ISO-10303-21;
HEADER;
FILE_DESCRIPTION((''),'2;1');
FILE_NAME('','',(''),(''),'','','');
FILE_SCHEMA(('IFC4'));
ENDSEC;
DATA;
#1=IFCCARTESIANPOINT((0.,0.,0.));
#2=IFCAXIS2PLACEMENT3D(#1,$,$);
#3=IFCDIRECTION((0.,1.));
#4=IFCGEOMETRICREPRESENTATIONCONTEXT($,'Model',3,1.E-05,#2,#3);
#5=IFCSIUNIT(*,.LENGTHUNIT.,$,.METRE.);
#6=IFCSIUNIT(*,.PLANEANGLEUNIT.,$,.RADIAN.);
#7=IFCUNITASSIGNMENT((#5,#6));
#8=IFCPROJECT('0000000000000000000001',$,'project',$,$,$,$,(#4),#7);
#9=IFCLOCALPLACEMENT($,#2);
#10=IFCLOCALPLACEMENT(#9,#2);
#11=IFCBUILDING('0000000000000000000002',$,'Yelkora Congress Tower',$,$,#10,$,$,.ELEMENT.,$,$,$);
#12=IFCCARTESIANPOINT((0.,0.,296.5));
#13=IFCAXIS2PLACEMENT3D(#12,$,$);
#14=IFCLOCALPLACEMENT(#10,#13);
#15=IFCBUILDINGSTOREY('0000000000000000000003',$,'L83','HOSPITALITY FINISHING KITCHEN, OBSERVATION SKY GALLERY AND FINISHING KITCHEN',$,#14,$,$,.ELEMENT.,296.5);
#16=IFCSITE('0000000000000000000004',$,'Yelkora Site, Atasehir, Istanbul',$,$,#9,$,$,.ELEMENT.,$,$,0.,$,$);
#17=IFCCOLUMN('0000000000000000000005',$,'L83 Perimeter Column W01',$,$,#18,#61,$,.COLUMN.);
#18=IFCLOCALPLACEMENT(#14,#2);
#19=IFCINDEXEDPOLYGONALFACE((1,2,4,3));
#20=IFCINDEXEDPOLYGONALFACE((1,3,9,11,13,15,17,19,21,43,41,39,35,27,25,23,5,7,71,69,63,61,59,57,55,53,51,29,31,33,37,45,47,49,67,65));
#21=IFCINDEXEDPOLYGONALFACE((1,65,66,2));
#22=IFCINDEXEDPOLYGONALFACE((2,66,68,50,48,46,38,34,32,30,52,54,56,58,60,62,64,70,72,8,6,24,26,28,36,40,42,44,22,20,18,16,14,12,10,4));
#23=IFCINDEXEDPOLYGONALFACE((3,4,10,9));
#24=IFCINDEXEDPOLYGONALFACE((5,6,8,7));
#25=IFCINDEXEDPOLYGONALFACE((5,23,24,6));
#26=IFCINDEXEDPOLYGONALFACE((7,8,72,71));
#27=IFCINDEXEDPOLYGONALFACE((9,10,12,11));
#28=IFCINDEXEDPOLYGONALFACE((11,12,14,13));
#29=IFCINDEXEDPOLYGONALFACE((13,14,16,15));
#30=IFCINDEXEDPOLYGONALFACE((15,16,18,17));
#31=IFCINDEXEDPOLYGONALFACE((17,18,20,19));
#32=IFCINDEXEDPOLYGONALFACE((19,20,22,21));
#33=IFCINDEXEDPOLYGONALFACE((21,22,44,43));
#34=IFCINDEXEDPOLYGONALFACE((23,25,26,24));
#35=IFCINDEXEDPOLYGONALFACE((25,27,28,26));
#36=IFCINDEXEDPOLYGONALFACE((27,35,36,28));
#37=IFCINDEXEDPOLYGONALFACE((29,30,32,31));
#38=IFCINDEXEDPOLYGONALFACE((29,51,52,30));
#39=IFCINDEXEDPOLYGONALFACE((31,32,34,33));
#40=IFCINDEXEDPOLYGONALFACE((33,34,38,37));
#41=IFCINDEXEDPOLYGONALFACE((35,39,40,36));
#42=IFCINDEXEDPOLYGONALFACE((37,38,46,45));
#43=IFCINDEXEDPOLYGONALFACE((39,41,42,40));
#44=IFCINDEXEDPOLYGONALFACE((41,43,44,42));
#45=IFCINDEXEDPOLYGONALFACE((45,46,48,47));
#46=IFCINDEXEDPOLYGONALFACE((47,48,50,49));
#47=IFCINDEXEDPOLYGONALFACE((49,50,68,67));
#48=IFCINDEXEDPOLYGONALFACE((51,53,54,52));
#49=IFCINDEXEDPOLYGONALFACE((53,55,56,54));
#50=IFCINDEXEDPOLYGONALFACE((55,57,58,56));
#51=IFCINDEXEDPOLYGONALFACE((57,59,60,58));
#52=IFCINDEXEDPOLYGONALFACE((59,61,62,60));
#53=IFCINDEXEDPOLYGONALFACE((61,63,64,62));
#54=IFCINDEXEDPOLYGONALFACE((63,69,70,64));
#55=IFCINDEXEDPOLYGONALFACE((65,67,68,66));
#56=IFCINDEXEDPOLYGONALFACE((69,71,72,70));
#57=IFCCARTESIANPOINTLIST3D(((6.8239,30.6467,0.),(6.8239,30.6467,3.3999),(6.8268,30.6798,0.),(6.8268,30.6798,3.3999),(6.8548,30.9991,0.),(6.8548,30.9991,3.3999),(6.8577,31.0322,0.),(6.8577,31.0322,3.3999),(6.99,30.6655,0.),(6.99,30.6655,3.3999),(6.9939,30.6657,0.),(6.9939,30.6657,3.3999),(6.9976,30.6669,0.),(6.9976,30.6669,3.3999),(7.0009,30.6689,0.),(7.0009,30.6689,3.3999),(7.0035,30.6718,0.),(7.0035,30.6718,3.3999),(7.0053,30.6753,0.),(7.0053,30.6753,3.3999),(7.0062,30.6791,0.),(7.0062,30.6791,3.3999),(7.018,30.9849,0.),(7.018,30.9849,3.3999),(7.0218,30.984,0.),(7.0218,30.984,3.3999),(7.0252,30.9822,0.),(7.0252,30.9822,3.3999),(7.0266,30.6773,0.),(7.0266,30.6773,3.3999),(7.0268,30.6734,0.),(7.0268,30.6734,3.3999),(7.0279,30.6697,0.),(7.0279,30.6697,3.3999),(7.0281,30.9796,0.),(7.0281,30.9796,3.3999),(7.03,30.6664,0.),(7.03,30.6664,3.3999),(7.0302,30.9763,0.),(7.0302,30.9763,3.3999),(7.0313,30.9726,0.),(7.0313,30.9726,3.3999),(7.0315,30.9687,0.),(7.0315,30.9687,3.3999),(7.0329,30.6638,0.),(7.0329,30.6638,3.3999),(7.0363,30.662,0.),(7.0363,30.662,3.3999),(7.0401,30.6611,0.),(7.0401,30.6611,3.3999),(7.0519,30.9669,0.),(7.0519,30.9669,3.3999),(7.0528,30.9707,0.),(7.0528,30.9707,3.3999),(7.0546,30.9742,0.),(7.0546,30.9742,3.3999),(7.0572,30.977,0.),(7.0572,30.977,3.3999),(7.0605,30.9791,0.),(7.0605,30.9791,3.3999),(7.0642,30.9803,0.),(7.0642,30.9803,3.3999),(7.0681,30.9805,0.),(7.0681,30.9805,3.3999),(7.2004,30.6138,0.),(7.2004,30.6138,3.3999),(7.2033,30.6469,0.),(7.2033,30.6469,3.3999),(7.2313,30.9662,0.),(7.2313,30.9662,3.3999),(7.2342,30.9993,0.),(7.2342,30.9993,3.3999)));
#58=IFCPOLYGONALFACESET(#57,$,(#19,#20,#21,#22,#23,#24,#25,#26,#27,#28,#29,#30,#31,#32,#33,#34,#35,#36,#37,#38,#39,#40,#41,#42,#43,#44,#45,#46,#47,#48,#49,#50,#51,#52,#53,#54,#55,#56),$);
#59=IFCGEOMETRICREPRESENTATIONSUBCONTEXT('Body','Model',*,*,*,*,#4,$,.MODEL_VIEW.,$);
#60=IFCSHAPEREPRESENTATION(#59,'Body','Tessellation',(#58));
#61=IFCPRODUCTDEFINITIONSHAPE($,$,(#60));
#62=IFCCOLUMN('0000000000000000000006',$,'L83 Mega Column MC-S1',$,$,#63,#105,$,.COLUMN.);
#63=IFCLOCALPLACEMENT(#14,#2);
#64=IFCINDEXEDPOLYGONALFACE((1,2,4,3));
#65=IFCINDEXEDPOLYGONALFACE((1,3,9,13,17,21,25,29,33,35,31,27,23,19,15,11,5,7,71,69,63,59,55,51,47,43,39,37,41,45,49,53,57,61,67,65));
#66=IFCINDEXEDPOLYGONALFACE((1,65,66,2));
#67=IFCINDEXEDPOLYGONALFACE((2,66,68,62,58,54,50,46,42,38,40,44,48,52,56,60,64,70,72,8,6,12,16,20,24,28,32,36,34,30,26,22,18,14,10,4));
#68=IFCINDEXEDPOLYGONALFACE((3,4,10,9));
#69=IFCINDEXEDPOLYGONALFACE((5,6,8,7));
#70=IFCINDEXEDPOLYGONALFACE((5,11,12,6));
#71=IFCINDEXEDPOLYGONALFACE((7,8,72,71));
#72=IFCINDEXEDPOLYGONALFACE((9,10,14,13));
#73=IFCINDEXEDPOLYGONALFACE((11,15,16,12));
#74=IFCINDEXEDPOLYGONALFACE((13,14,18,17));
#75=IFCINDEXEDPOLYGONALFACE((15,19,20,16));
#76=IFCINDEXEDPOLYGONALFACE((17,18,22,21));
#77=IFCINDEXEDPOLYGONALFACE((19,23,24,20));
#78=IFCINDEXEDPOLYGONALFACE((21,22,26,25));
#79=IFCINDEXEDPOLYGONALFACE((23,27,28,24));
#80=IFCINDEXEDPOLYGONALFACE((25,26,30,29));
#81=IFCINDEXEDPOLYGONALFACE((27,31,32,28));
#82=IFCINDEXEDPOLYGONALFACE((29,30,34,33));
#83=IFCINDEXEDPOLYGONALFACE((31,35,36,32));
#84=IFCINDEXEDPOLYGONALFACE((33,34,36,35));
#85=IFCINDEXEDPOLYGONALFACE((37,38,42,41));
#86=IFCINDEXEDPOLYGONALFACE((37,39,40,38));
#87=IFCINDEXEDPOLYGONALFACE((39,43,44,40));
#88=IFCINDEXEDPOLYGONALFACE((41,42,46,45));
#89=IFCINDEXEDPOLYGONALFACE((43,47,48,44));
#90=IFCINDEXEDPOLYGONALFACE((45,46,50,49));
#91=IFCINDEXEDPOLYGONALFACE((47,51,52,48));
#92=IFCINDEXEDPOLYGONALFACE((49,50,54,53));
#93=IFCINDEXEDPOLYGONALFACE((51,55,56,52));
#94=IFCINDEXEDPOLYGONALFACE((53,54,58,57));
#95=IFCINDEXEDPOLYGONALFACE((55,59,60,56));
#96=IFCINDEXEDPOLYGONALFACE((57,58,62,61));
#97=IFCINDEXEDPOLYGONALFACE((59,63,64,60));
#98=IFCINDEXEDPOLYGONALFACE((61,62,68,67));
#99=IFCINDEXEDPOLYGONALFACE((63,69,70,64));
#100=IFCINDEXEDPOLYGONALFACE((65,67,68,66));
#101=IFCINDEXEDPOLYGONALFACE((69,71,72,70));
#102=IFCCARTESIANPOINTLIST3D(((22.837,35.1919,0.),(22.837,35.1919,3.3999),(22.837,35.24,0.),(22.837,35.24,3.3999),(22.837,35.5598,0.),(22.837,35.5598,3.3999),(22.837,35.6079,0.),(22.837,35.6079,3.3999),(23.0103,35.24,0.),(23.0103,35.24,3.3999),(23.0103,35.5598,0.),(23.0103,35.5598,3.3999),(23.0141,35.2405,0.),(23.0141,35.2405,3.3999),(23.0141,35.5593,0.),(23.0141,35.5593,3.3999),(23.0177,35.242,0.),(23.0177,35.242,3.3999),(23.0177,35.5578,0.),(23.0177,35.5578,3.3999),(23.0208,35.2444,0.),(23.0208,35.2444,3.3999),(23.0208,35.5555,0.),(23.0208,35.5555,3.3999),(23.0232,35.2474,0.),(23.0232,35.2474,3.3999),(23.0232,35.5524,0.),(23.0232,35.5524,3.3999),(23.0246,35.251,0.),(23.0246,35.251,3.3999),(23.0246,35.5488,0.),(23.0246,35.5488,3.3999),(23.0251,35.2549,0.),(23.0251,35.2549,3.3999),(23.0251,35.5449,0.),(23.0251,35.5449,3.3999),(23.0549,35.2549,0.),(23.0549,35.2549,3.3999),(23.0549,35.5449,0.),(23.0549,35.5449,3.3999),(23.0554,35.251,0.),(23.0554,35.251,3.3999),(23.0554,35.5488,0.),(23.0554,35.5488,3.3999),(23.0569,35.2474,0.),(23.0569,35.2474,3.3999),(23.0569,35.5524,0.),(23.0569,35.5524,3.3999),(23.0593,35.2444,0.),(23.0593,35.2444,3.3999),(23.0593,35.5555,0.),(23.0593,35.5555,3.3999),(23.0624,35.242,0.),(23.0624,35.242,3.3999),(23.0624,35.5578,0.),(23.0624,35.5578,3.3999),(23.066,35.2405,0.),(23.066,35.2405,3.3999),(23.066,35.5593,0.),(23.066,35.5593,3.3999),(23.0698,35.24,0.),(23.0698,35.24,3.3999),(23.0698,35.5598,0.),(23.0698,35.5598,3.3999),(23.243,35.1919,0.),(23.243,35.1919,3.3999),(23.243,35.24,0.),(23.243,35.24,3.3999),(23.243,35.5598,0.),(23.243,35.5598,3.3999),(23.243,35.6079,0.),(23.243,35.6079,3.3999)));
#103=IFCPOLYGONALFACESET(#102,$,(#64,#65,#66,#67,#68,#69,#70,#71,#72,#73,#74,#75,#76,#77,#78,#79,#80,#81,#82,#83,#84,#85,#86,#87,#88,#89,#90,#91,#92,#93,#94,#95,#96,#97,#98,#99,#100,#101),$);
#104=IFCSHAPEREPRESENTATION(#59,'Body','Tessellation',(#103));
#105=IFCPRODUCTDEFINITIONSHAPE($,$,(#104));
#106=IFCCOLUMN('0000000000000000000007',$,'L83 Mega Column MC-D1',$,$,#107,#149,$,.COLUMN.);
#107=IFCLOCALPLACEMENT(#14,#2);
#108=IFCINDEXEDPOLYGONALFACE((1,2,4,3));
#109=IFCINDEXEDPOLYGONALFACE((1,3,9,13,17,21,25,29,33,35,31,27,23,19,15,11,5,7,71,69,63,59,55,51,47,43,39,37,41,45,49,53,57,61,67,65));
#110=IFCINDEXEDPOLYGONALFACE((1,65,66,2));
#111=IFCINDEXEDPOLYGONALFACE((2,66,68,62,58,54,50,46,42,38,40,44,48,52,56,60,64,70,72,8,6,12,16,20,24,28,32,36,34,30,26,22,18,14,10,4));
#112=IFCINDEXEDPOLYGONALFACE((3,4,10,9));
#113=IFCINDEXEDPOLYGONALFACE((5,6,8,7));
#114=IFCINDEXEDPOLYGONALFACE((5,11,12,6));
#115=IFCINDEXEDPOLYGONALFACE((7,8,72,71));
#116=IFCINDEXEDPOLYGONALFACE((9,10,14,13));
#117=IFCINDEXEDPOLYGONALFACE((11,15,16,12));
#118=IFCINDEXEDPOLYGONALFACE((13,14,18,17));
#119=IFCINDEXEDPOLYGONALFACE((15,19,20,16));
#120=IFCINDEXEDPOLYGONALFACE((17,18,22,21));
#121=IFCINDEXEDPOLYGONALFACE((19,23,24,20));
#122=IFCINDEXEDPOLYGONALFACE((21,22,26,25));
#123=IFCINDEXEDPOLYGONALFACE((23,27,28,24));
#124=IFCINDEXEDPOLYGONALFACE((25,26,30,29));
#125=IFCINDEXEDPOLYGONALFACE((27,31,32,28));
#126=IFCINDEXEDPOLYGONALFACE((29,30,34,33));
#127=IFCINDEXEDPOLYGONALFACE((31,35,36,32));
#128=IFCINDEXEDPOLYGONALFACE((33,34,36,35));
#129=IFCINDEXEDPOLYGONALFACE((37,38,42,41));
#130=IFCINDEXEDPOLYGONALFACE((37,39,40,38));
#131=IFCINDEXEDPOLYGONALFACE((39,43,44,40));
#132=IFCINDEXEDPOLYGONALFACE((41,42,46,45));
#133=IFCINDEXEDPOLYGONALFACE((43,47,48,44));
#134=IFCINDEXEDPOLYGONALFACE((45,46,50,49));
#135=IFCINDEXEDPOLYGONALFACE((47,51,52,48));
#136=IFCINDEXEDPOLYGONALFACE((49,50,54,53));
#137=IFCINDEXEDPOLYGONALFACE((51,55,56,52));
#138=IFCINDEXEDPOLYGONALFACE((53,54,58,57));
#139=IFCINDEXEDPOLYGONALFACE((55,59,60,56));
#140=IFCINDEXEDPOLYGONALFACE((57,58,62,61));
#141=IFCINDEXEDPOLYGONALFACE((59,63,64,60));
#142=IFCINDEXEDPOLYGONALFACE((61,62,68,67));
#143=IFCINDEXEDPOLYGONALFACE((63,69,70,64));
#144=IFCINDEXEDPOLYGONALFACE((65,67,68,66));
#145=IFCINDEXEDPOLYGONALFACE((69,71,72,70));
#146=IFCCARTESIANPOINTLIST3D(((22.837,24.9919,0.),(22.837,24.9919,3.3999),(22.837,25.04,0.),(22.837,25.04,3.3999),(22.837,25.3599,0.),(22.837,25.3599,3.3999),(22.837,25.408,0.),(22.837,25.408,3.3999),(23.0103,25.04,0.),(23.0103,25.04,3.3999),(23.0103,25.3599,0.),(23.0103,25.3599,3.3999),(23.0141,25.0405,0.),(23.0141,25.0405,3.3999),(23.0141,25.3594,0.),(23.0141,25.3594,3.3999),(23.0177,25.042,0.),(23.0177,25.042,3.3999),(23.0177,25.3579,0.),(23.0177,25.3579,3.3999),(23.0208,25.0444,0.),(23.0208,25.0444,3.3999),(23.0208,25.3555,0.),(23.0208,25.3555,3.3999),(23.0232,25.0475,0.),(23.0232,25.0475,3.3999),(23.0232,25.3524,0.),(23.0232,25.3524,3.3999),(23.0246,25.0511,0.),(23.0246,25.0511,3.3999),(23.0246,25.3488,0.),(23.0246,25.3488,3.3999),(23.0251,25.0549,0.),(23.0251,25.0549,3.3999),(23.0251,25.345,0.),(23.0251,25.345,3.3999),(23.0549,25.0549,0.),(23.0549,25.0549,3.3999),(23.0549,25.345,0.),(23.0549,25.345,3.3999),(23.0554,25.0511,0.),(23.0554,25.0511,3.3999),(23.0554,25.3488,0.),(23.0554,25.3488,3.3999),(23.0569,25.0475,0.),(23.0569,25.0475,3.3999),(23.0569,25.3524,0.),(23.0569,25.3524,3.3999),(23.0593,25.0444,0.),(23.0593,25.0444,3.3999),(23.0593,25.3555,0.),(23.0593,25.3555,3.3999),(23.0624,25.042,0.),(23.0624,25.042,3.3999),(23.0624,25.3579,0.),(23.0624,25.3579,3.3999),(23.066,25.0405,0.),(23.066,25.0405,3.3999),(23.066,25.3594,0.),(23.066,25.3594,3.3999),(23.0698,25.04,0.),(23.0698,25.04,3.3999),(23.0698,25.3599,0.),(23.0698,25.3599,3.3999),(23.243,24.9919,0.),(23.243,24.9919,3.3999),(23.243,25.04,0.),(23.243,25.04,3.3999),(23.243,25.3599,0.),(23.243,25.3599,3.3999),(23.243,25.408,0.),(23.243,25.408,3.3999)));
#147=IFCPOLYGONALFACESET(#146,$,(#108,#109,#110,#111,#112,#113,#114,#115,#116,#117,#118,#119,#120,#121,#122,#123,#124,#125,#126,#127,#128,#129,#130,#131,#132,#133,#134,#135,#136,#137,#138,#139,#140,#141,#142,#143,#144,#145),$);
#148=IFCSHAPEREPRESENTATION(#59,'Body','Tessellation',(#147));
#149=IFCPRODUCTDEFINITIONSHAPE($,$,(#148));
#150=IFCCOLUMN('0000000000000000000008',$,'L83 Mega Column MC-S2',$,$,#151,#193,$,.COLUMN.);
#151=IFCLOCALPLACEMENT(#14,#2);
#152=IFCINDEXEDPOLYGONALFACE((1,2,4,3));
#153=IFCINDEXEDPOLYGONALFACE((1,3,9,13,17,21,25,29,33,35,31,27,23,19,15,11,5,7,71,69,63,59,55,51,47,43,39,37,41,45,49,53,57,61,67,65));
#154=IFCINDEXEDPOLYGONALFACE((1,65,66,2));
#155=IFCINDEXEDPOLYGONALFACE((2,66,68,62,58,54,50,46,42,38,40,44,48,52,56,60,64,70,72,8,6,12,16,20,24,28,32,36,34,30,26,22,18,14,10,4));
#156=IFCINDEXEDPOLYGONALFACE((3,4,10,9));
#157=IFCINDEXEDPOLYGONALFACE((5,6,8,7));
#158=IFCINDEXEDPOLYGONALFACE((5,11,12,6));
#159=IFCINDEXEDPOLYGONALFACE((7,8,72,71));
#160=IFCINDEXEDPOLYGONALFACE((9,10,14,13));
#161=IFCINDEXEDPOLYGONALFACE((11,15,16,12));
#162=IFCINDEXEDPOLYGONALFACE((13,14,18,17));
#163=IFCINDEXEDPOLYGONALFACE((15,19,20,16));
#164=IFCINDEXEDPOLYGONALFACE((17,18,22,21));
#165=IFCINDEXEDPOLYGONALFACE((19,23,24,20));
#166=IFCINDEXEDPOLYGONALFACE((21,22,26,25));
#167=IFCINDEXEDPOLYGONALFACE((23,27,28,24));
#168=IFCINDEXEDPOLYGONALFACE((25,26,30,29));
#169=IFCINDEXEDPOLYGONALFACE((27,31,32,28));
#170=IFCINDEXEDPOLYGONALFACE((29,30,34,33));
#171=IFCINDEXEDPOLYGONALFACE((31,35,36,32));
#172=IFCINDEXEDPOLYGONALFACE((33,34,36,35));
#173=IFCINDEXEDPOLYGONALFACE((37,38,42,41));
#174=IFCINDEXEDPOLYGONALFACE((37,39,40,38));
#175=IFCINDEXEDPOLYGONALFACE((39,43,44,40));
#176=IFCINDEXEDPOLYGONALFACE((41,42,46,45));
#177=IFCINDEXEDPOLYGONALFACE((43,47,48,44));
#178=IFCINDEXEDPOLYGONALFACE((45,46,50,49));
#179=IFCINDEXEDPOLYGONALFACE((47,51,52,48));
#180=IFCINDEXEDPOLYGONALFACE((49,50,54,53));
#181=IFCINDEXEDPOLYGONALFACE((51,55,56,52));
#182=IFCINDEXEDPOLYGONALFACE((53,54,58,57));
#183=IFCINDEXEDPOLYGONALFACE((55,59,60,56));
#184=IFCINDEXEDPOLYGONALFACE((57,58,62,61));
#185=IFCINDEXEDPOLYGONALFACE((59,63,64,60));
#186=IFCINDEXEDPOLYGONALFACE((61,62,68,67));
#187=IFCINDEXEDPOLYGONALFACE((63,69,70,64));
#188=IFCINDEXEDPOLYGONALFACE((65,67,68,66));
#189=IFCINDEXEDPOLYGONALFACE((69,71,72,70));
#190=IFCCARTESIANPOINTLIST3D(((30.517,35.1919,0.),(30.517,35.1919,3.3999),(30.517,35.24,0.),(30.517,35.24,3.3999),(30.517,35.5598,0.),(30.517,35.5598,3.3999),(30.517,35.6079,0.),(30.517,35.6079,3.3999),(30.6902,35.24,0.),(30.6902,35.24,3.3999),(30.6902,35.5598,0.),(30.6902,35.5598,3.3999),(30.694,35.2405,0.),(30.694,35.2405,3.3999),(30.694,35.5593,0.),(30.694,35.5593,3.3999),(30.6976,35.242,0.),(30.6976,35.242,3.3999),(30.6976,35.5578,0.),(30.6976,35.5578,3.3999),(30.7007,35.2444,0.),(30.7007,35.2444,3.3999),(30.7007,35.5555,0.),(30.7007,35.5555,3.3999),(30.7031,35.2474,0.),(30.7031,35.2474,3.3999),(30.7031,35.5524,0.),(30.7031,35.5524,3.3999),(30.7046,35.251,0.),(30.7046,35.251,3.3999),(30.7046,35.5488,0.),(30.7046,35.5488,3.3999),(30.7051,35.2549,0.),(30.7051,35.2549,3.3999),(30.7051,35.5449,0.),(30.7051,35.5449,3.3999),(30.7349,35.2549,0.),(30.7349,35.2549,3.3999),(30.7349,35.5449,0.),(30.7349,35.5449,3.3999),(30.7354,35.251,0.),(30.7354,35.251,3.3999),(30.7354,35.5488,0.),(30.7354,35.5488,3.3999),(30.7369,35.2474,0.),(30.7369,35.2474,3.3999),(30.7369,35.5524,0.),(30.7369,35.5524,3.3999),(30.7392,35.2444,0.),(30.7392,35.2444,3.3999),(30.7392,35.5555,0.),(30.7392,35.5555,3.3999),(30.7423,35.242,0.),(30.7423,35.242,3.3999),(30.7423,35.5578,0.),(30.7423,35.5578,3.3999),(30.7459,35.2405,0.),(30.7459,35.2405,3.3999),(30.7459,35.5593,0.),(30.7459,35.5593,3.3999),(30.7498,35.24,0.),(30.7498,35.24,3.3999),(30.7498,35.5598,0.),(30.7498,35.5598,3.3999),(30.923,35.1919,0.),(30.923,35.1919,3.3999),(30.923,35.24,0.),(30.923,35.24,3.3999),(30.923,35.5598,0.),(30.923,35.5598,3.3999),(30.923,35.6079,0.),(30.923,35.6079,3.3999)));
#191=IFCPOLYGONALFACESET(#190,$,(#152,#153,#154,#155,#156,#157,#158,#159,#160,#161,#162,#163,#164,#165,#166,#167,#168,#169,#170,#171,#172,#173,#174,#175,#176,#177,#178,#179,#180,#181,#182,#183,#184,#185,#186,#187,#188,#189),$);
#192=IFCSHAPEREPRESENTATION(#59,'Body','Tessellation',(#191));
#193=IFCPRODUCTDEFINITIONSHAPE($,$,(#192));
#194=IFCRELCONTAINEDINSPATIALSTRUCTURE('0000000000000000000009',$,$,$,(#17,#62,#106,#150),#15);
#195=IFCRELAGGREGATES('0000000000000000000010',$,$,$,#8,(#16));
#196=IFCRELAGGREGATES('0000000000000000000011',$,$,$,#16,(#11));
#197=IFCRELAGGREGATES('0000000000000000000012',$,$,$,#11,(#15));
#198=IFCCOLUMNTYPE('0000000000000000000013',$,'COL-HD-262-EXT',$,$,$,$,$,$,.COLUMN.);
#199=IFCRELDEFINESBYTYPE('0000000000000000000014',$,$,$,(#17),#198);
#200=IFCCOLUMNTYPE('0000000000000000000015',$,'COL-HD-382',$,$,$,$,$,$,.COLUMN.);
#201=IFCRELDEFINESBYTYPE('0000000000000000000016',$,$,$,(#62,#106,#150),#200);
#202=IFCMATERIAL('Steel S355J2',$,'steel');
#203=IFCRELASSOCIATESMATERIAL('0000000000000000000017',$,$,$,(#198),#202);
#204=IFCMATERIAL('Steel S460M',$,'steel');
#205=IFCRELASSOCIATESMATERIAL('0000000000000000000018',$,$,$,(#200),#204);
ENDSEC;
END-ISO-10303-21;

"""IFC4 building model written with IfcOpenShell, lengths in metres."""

from ifc_helpers import new_model, si_unit, direction, frame, origin, origin_2d, place, context, subcontext, project, spatial, i_section, extrude, material, material_profile, profile_set, type_object, element, save


model = new_model("IFC4")

# Units and contexts
model_context = context("Model", 3, precision=1e-05, world=origin(), true_north=direction((0.0, 1.0)))
body_context = subcontext(model_context, "Body", "Model", "MODEL_VIEW")
ifc_project = project(units=[si_unit("LENGTHUNIT", "METRE"), si_unit("PLANEANGLEUNIT", "RADIAN")], contexts=[model_context])

# Site, building, storey
site_placement = place(None, origin())
site = spatial("IfcSite", under=ifc_project, at=site_placement, Name="Yelkora Site, Atasehir, Istanbul", CompositionType="ELEMENT", RefElevation=0.0)
building_placement = place(site_placement, origin())
building = spatial("IfcBuilding", under=site, at=building_placement, Name="Yelkora Congress Tower", CompositionType="ELEMENT")
storey_placement = place(building_placement, frame((0.0, 0.0, 296.5)))
storey = spatial("IfcBuildingStorey", under=building, at=storey_placement, Name="L83", Description="HOSPITALITY FINISHING KITCHEN, OBSERVATION SKY GALLERY AND FINISHING KITCHEN", CompositionType="ELEMENT", Elevation=296.5)

# Columns
ifc_material_1 = material(Name="Steel S355J2", Category="steel")
ifc_material_profile_1 = material_profile(ifc_material_1, i_section(OverallWidth=0.3779, OverallDepth=0.387, WebThickness=0.0205, FlangeThickness=0.0332, FilletRadius=0.0149, at=origin_2d()), Name="HD 360x262")
ifc_profile_set_1 = profile_set([ifc_material_profile_1], Name="Steel S355J2")
column_type_1 = type_object("IfcColumnType", Name="COL-HD-262-EXT", PredefinedType="COLUMN", material=ifc_profile_set_1)
column_placement = place(storey_placement, frame((7.0291, 30.823, 0.0), z_axis=(0.0, 0.0, 1.0), x_axis=(0.996195, -0.087156, 0.0)))
element("IfcColumn", 1, at=column_placement, inside=storey, type_object=column_type_1, Name="L83 Perimeter Column W01", PredefinedType="COLUMN", context=body_context, shape_type="SweptSolid", body=[
    extrude(i_section(OverallWidth=0.3779, OverallDepth=0.387, WebThickness=0.0205, FlangeThickness=0.0332, FilletRadius=0.0149, at=origin_2d()), origin(), (0.0, 0.0, 1.0), 3.3999),
])
ifc_material_2 = material(Name="Steel S460M", Category="steel")
ifc_material_profile_2 = material_profile(ifc_material_2, i_section(OverallWidth=0.406, OverallDepth=0.416, WebThickness=0.0298, FlangeThickness=0.0481, FilletRadius=0.0149, at=origin_2d()), Name="HD 400x382")
ifc_profile_set_2 = profile_set([ifc_material_profile_2], Name="Steel S460M")
column_type_2 = type_object("IfcColumnType", Name="COL-HD-382", PredefinedType="COLUMN", material=ifc_profile_set_2)
for number, where, z_axis, x_axis, name in (
    (2, (23.04, 35.3999, 0.0), (0.0, 0.0, 1.0), (1.0, 0.0, 0.0), "L83 Mega Column MC-S1"),
    (3, (23.04, 25.2, 0.0), (0.0, 0.0, 1.0), (1.0, 0.0, 0.0), "L83 Mega Column MC-D1"),
    (4, (30.72, 35.3999, 0.0), (0.0, 0.0, 1.0), (1.0, 0.0, 0.0), "L83 Mega Column MC-S2"),
):
    element("IfcColumn", number, at=place(storey_placement, frame(where, z_axis=z_axis, x_axis=x_axis)), inside=storey, type_object=column_type_2, Name=name, PredefinedType="COLUMN", context=body_context, shape_type="SweptSolid", body=[
        extrude(i_section(OverallWidth=0.406, OverallDepth=0.416, WebThickness=0.0298, FlangeThickness=0.0481, FilletRadius=0.0149, at=origin_2d()), origin(), (0.0, 0.0, 1.0), 3.3999),
    ])

save(model, "model.ifc")
